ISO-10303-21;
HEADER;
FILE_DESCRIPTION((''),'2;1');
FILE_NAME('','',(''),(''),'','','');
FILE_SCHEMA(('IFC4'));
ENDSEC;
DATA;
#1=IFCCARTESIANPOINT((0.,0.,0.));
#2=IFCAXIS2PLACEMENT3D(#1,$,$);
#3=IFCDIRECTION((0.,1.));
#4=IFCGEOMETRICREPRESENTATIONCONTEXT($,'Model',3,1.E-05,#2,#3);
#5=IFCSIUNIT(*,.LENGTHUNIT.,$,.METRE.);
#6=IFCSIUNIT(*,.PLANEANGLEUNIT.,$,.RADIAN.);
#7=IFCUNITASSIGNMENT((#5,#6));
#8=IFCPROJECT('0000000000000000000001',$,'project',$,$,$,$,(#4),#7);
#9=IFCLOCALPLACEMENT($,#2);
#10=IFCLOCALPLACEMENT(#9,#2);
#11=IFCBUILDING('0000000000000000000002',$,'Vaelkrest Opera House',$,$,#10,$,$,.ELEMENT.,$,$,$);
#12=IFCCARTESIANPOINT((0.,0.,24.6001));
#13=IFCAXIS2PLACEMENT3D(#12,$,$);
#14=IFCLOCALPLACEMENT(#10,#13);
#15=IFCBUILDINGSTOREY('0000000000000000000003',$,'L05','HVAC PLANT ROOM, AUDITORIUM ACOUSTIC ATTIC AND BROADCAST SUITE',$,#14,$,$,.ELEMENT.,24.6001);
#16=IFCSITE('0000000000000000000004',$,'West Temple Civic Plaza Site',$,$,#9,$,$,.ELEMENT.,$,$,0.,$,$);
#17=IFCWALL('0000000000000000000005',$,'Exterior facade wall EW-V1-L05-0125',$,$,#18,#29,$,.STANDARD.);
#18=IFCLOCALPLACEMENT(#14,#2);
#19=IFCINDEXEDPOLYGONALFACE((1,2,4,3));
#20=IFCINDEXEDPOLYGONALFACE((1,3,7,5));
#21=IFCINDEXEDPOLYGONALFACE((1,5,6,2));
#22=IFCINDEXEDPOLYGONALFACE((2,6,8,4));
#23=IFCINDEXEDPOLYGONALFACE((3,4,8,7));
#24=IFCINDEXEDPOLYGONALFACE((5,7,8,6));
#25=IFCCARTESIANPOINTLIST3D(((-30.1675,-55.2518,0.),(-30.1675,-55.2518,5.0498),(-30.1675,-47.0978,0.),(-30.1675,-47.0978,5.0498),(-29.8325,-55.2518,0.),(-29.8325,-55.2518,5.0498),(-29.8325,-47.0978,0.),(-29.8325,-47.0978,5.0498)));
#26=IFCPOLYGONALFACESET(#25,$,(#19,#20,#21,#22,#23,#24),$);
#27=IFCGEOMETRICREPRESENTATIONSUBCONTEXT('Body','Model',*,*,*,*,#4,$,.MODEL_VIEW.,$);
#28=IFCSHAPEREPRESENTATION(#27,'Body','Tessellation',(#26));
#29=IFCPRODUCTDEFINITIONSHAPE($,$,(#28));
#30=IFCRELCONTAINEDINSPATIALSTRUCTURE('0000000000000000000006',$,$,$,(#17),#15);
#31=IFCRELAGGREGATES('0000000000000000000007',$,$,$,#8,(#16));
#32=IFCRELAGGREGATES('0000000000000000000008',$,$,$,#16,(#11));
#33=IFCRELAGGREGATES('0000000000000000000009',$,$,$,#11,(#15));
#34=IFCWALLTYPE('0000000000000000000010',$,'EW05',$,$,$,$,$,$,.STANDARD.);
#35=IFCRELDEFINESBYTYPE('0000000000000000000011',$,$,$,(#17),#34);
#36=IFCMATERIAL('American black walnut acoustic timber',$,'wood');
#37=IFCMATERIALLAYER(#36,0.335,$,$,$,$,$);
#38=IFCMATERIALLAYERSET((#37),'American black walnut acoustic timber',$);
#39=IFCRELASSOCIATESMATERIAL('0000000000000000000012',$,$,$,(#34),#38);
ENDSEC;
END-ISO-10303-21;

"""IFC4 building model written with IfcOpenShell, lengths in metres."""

from ifc_helpers import new_model, si_unit, direction, frame, frame_2d, origin, place, context, subcontext, project, spatial, rectangle, extrude, material, layer, layer_set, type_object, element, save


model = new_model("IFC4")

# Units and contexts
model_context = context("Model", 3, precision=1e-05, world=origin(), true_north=direction((0.0, 1.0)))
body_context = subcontext(model_context, "Body", "Model", "MODEL_VIEW")
ifc_project = project(units=[si_unit("LENGTHUNIT", "METRE"), si_unit("PLANEANGLEUNIT", "RADIAN")], contexts=[model_context])

# Site, building, storey
site_placement = place(None, origin())
site = spatial("IfcSite", under=ifc_project, at=site_placement, Name="West Temple Civic Plaza Site", CompositionType="ELEMENT", RefElevation=0.0)
building_placement = place(site_placement, origin())
building = spatial("IfcBuilding", under=site, at=building_placement, Name="Vaelkrest Opera House", CompositionType="ELEMENT")
storey_placement = place(building_placement, frame((0.0, 0.0, 24.6001)))
storey = spatial("IfcBuildingStorey", under=building, at=storey_placement, Name="L05", Description="HVAC PLANT ROOM, AUDITORIUM ACOUSTIC ATTIC AND BROADCAST SUITE", CompositionType="ELEMENT", Elevation=24.6001)

# Wall
ifc_material_1 = material(Name="American black walnut acoustic timber", Category="wood")
ifc_layer_1 = layer(ifc_material_1, 0.335)
ifc_layer_set_1 = layer_set([ifc_layer_1], Name="American black walnut acoustic timber")
wall_type = type_object("IfcWallType", Name="EW05", PredefinedType="STANDARD", material=ifc_layer_set_1)
wall_placement = place(storey_placement, frame((-30.0, -55.252, 0.0), z_axis=(0.0, 0.0, 1.0), x_axis=(0.0, 1.0, 0.0)))
element("IfcWall", 1, at=wall_placement, inside=storey, type_object=wall_type, Name="Exterior facade wall EW-V1-L05-0125", PredefinedType="STANDARD", context=body_context, shape_type="SweptSolid", body=[
    extrude(rectangle(XDim=8.1541, YDim=0.335, at=frame_2d((4.0771, 0.0))), origin(), (0.0, 0.0, 1.0), 5.0498),
])

save(model, "model.ifc")
